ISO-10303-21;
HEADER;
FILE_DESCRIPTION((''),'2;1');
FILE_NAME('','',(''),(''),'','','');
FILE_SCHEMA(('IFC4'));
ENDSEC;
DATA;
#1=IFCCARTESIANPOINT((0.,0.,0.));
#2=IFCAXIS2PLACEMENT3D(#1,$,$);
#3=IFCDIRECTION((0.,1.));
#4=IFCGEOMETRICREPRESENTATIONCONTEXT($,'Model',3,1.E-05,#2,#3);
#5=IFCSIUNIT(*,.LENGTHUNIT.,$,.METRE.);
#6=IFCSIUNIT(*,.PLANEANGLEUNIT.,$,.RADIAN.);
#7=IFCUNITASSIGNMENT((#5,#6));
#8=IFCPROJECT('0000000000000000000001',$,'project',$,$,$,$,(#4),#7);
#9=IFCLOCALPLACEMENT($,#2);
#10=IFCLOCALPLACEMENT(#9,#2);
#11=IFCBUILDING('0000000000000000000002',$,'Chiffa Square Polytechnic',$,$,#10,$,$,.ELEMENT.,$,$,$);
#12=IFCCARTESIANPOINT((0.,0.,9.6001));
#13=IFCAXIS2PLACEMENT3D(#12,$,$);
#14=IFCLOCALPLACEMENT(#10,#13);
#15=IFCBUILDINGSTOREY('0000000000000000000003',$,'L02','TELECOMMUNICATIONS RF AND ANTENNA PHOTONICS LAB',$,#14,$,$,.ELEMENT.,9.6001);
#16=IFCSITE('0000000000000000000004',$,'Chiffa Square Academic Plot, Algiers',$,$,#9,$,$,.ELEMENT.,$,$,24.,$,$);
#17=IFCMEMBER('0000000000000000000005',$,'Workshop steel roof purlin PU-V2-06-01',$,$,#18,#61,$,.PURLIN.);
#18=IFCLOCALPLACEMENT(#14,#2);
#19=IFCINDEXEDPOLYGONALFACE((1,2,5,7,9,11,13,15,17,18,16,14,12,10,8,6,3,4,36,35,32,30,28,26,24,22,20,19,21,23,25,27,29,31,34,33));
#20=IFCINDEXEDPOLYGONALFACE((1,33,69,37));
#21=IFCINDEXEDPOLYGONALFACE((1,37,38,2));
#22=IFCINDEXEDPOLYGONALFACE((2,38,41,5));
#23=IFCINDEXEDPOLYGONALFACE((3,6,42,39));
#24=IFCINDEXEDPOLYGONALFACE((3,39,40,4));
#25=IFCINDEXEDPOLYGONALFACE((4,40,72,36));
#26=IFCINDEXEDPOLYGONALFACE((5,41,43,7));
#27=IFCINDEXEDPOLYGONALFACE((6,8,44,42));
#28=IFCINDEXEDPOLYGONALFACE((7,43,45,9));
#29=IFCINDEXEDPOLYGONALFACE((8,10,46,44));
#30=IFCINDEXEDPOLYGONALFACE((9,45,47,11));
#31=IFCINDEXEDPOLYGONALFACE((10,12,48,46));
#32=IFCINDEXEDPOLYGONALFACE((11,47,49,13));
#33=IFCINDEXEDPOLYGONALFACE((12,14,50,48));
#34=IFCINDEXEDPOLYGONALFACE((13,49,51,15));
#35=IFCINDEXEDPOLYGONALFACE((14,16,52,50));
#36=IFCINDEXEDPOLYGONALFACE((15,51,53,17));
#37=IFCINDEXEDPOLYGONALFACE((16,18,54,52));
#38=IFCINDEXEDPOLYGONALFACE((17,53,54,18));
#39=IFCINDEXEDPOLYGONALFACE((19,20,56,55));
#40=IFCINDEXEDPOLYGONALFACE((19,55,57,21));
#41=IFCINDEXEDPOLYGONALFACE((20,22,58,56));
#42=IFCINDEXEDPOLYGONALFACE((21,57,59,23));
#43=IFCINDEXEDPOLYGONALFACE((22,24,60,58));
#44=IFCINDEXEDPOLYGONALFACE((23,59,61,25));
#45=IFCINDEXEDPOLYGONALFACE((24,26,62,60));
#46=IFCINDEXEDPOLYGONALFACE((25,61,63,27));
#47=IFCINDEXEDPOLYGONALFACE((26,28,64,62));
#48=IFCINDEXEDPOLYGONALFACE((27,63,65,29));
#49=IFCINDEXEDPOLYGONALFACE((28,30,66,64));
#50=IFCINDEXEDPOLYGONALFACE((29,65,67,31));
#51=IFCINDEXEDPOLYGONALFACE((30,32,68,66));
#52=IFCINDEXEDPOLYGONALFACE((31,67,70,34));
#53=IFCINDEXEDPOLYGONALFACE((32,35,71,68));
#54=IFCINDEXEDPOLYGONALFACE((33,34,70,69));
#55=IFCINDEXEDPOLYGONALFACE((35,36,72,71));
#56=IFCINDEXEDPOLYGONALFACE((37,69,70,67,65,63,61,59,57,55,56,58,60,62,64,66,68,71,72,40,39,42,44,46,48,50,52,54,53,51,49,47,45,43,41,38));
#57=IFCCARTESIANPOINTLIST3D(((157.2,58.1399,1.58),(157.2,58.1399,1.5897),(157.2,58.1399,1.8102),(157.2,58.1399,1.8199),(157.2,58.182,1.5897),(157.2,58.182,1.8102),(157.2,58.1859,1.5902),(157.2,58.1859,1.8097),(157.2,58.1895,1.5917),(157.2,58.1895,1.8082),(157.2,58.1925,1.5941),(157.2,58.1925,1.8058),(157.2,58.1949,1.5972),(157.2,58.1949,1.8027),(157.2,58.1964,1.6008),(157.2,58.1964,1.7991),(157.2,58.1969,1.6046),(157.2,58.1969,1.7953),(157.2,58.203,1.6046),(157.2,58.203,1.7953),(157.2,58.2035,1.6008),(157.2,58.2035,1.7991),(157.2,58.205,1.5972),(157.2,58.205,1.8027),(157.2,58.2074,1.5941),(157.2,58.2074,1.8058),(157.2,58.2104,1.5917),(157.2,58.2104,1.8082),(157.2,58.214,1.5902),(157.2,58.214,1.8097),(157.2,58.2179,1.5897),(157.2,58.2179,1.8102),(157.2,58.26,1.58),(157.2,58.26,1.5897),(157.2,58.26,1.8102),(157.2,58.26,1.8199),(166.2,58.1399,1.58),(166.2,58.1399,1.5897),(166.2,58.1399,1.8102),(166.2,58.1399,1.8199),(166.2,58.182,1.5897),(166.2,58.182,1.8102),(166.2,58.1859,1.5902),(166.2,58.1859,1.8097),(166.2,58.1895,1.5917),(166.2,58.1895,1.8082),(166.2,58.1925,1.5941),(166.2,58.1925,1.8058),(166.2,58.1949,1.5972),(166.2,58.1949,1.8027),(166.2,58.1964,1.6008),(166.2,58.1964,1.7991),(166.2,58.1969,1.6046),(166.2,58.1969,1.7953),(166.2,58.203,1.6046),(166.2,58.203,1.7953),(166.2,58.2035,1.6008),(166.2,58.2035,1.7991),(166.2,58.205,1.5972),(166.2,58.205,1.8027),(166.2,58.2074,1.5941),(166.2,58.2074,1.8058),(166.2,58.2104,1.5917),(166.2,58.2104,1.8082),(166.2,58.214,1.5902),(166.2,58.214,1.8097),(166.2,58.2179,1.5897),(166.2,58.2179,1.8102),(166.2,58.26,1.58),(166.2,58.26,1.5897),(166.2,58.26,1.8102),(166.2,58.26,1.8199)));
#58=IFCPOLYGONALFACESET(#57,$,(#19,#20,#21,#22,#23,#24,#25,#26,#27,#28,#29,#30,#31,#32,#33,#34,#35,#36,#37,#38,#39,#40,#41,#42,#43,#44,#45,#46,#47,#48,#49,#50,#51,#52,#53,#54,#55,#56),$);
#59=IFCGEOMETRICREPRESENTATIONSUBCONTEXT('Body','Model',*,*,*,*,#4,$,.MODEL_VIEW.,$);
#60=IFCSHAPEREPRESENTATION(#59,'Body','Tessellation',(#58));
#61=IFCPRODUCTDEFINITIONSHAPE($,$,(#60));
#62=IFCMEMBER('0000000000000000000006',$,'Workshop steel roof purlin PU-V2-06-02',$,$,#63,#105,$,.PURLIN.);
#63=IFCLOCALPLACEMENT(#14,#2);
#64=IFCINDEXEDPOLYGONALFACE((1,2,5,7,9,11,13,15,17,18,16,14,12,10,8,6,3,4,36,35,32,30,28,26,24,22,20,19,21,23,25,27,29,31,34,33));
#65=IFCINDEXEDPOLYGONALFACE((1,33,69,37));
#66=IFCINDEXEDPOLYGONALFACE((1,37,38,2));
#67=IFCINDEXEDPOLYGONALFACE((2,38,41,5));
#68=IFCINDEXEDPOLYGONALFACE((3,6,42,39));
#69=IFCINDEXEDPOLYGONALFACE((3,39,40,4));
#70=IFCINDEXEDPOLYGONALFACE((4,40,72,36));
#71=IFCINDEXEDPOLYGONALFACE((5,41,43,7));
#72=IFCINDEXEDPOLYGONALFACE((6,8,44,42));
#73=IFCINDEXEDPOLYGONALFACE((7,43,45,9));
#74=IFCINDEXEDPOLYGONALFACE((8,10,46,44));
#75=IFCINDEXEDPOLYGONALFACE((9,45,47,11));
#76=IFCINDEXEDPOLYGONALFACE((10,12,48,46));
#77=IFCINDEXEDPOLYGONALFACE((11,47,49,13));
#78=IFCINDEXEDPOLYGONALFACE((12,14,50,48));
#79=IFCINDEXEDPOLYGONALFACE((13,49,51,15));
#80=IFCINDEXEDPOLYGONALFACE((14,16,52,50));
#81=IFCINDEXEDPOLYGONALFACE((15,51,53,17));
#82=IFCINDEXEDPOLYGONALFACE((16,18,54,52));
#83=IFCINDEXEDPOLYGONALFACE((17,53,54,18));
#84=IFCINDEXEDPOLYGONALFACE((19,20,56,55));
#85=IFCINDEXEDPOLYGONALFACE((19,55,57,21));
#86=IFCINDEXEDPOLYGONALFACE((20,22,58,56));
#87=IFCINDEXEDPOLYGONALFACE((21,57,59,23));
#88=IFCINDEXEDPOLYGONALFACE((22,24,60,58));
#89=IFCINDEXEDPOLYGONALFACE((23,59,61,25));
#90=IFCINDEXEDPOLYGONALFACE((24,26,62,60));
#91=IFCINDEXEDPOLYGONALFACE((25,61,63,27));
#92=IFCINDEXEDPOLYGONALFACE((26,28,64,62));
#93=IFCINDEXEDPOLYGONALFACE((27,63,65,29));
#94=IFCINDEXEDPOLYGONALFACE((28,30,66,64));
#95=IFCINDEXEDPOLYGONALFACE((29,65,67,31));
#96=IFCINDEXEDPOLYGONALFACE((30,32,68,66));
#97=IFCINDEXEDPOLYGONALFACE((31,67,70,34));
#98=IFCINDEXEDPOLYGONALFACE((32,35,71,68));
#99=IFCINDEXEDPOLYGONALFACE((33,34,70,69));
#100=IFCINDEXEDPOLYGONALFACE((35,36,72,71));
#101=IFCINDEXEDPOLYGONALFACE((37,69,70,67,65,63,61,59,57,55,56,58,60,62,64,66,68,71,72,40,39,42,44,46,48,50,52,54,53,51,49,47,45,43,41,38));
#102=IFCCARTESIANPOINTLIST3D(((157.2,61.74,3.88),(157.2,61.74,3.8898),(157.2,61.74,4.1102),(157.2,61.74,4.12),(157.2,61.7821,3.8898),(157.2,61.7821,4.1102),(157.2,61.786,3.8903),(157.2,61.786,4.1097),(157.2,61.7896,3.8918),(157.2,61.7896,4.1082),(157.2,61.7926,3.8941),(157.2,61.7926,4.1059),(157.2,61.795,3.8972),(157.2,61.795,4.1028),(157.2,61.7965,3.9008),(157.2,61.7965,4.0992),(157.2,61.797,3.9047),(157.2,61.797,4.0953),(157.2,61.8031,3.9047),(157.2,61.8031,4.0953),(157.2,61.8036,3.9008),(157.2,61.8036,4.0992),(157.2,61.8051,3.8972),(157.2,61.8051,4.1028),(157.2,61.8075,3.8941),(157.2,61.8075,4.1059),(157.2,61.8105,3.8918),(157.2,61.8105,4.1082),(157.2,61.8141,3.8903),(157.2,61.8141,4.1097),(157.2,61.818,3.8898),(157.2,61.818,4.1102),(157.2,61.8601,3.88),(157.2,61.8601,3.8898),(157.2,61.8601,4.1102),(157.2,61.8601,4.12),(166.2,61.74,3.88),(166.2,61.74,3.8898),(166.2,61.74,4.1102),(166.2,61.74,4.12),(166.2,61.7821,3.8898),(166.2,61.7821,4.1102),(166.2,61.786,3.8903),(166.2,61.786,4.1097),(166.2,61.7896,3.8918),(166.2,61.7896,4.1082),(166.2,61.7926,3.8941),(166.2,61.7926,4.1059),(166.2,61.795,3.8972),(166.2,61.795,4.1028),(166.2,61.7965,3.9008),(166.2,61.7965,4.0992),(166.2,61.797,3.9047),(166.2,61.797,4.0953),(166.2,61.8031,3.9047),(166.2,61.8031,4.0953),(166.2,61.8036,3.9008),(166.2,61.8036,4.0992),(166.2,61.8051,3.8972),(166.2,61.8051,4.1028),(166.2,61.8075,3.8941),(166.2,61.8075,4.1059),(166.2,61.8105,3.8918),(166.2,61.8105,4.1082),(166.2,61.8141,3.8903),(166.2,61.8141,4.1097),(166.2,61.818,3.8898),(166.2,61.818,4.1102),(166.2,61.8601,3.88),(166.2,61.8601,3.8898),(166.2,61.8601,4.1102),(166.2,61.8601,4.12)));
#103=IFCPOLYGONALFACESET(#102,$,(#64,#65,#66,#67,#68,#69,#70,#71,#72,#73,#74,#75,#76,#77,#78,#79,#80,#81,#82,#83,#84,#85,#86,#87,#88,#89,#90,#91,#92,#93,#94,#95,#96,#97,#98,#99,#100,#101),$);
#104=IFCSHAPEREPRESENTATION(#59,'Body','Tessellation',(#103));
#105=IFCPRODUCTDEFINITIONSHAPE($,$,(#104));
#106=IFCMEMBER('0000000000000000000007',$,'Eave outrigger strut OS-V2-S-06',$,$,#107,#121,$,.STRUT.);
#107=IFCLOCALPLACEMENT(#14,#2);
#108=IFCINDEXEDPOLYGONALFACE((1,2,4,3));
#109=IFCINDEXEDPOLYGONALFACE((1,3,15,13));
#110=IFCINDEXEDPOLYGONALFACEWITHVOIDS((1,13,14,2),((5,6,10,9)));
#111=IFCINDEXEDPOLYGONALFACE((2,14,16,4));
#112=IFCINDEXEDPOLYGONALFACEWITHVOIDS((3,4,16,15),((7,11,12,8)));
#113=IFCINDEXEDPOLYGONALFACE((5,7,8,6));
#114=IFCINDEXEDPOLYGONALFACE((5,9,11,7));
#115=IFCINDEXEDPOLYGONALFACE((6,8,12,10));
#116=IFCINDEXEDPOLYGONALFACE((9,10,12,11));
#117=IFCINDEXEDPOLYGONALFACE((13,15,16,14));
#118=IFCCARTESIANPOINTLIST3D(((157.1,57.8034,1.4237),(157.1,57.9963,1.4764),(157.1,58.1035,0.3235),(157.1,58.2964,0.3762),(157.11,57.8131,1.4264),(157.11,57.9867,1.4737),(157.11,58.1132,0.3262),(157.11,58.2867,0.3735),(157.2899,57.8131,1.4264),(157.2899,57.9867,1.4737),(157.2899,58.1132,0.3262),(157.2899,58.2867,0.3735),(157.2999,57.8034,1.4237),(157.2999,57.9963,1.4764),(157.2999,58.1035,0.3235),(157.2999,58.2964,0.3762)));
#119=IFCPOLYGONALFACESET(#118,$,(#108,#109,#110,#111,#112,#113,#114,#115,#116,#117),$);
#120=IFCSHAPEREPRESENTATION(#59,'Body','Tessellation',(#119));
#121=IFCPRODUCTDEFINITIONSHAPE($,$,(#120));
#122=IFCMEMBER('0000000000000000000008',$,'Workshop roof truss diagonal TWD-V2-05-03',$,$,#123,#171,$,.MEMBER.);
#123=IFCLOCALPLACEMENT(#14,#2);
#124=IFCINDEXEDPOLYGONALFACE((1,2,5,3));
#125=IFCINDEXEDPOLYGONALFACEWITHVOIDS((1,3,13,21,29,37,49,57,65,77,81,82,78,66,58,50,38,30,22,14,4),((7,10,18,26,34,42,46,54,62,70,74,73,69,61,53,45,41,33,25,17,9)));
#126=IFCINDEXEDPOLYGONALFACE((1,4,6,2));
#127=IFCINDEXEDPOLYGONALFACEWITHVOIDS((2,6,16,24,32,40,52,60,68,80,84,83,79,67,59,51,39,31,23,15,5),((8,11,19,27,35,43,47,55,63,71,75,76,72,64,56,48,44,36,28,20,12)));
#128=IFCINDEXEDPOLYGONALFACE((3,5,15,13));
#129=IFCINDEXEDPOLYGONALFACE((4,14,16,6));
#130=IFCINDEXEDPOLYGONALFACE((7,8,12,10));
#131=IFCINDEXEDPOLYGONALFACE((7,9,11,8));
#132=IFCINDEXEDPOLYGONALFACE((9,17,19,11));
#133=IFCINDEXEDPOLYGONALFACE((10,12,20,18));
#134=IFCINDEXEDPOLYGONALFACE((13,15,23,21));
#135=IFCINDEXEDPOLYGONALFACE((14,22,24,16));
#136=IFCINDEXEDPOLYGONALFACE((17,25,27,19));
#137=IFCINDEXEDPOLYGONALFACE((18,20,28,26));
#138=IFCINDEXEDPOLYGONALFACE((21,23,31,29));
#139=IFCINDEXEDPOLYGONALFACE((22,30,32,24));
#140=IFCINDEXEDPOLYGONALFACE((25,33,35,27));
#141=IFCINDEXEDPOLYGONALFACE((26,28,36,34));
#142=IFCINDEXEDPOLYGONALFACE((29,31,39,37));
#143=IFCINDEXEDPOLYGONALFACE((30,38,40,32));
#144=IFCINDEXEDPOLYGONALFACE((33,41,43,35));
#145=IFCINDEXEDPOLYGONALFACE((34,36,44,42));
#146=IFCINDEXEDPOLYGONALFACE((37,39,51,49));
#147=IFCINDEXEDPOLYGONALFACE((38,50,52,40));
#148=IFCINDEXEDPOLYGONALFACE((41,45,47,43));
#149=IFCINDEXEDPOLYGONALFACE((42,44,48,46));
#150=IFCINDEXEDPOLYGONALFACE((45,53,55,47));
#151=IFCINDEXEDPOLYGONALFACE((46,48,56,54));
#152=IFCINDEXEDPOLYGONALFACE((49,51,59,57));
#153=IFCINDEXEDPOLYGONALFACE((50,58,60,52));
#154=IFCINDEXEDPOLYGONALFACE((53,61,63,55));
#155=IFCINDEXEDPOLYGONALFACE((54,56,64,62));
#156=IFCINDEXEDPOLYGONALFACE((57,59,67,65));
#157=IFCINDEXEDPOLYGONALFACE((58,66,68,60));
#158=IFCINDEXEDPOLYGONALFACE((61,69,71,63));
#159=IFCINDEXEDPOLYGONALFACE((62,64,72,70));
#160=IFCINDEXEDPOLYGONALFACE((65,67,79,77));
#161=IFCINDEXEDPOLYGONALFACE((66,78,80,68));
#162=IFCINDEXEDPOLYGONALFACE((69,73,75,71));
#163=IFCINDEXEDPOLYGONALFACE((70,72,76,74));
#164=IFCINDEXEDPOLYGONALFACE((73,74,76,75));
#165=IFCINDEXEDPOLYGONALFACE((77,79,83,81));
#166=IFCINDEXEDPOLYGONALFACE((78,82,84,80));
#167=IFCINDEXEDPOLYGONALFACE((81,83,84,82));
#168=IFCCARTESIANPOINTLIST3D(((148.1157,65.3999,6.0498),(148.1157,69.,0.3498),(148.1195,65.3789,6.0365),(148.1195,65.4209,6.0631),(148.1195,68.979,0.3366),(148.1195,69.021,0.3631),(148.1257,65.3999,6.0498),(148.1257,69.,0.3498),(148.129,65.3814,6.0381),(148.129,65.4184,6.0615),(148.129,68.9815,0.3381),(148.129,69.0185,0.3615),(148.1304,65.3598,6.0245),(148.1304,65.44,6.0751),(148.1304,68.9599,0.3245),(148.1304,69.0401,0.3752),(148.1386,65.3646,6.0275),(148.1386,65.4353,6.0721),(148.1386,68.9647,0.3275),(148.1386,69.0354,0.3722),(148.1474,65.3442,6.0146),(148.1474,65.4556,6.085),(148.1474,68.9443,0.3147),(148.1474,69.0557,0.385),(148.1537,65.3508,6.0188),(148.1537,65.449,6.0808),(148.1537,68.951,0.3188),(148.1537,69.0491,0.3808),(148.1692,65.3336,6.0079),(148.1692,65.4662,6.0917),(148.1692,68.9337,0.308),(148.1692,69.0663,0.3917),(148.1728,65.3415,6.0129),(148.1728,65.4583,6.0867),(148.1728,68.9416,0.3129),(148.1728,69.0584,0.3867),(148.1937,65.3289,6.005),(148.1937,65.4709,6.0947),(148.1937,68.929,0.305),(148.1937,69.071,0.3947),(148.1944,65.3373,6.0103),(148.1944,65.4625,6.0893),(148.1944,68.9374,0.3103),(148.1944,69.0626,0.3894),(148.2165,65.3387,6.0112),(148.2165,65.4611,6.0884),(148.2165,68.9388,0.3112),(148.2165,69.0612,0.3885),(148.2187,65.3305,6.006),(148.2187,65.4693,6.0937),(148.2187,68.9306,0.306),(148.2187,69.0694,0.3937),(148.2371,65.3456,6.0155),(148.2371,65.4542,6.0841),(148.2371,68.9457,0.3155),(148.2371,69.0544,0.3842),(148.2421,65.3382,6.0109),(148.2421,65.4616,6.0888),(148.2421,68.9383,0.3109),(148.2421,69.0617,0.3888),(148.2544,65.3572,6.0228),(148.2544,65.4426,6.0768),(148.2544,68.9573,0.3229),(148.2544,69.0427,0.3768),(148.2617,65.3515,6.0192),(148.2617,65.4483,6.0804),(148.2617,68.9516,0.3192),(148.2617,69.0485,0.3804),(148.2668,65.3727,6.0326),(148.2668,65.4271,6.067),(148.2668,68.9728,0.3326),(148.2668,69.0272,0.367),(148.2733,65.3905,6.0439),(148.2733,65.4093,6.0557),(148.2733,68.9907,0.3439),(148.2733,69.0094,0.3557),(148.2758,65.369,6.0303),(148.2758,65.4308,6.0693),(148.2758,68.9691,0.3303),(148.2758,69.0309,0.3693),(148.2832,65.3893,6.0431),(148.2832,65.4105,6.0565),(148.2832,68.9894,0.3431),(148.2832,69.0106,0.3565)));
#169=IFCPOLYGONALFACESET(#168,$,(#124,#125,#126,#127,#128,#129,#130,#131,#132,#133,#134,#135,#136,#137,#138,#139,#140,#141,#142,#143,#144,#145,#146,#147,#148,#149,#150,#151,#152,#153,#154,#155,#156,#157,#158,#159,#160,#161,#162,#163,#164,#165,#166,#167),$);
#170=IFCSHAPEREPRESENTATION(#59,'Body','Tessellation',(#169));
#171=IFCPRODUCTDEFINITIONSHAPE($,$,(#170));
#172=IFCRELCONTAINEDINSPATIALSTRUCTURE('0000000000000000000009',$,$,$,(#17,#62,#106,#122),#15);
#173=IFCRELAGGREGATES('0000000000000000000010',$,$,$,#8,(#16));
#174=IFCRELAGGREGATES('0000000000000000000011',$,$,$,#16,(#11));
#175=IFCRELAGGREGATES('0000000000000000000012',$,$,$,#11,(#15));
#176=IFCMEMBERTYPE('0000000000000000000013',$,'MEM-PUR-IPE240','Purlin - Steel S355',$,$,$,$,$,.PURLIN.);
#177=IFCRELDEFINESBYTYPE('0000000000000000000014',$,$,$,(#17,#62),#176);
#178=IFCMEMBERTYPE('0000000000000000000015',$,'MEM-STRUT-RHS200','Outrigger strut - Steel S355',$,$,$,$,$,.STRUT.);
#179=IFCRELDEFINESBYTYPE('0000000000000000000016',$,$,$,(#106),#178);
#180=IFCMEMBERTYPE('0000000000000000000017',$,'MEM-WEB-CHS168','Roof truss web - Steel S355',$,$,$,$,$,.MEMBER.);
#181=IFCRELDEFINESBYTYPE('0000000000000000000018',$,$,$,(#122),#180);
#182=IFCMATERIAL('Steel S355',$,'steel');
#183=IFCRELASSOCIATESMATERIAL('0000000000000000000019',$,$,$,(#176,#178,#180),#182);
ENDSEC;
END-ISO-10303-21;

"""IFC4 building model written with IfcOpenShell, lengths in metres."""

from ifc_helpers import new_model, si_unit, direction, frame, origin, origin_2d, place, context, subcontext, project, spatial, hollow_rectangle, hollow_circle, i_section, extrude, material, material_profile, profile_set, type_object, element, save


model = new_model("IFC4")

# Units and contexts
model_context = context("Model", 3, precision=1e-05, world=origin(), true_north=direction((0.0, 1.0)))
body_context = subcontext(model_context, "Body", "Model", "MODEL_VIEW")
ifc_project = project(units=[si_unit("LENGTHUNIT", "METRE"), si_unit("PLANEANGLEUNIT", "RADIAN")], contexts=[model_context])

# Site, building, storey
site_placement = place(None, origin())
site = spatial("IfcSite", under=ifc_project, at=site_placement, Name="Chiffa Square Academic Plot, Algiers", CompositionType="ELEMENT", RefElevation=24.0)
building_placement = place(site_placement, origin())
building = spatial("IfcBuilding", under=site, at=building_placement, Name="Chiffa Square Polytechnic", CompositionType="ELEMENT")
storey_placement = place(building_placement, frame((0.0, 0.0, 9.6001)))
storey = spatial("IfcBuildingStorey", under=building, at=storey_placement, Name="L02", Description="TELECOMMUNICATIONS RF AND ANTENNA PHOTONICS LAB", CompositionType="ELEMENT", Elevation=9.6001)

# Shared definitions
ifc_material = material(Name="Steel S355", Category="steel")

# Members
ifc_material_profile_1 = material_profile(ifc_material, i_section(OverallWidth=0.1201, OverallDepth=0.24, WebThickness=0.0061, FlangeThickness=0.0098, FilletRadius=0.0149, at=origin_2d()), Name="IPE 240")
ifc_profile_set_1 = profile_set([ifc_material_profile_1], Name="Steel S355")
member_type_1 = type_object("IfcMemberType", Name="MEM-PUR-IPE240", Description="Purlin - Steel S355", PredefinedType="PURLIN", material=ifc_profile_set_1)
for number, where, z_axis, x_axis, name in (
    (1, (157.2, 58.2, 1.7), (1.0, 0.0, 0.0), (0.0, 1.0, 0.0), "Workshop steel roof purlin PU-V2-06-01"),
    (2, (157.2, 61.8, 4.0), (1.0, 0.0, 0.0), (0.0, 1.0, 0.0), "Workshop steel roof purlin PU-V2-06-02"),
):
    element("IfcMember", number, at=place(storey_placement, frame(where, z_axis=z_axis, x_axis=x_axis)), inside=storey, type_object=member_type_1, Name=name, PredefinedType="PURLIN", context=body_context, shape_type="SweptSolid", body=[
        extrude(i_section(OverallWidth=0.1201, OverallDepth=0.24, WebThickness=0.0061, FlangeThickness=0.0098, FilletRadius=0.0149, at=origin_2d()), origin(), (0.0, 0.0, 1.0), 9.0),
    ])
ifc_material_profile_2 = material_profile(ifc_material, hollow_rectangle(XDim=0.2, YDim=0.2, WallThickness=0.01, at=origin_2d()), Name="RHS 200x200x10")
ifc_profile_set_2 = profile_set([ifc_material_profile_2], Name="Steel S355")
member_type_2 = type_object("IfcMemberType", Name="MEM-STRUT-RHS200", Description="Outrigger strut - Steel S355", PredefinedType="STRUT", material=ifc_profile_set_2)
member_1_placement = place(storey_placement, frame((157.2, 58.2, 0.3499), z_axis=(0.0, -0.263136, 0.964759), x_axis=(1.0, 0.0, 0.0)))
element("IfcMember", 3, at=member_1_placement, inside=storey, type_object=member_type_2, Name="Eave outrigger strut OS-V2-S-06", PredefinedType="STRUT", context=body_context, shape_type="SweptSolid", body=[
    extrude(hollow_rectangle(XDim=0.2, YDim=0.2, WallThickness=0.01, at=origin_2d()), origin(), (0.0, 0.0, 1.0), 1.1404),
])
ifc_material_profile_3 = material_profile(ifc_material, hollow_circle(Radius=0.0842, WallThickness=0.01, at=origin_2d()), Name="CHS 168.3x10")
ifc_profile_set_3 = profile_set([ifc_material_profile_3], Name="Steel S355")
member_type_3 = type_object("IfcMemberType", Name="MEM-WEB-CHS168", Description="Roof truss web - Steel S355", PredefinedType="MEMBER", material=ifc_profile_set_3)
member_2_placement = place(storey_placement, frame((148.2, 65.3999, 6.0498), z_axis=(0.0, 0.534007, -0.84548), x_axis=(-1.0, 0.0, 0.0)))
element("IfcMember", 4, at=member_2_placement, inside=storey, type_object=member_type_3, Name="Workshop roof truss diagonal TWD-V2-05-03", PredefinedType="MEMBER", context=body_context, shape_type="SweptSolid", body=[
    extrude(hollow_circle(Radius=0.0842, WallThickness=0.01, at=origin_2d()), origin(), (0.0, 0.0, 1.0), 6.7417),
])

save(model, "model.ifc")
